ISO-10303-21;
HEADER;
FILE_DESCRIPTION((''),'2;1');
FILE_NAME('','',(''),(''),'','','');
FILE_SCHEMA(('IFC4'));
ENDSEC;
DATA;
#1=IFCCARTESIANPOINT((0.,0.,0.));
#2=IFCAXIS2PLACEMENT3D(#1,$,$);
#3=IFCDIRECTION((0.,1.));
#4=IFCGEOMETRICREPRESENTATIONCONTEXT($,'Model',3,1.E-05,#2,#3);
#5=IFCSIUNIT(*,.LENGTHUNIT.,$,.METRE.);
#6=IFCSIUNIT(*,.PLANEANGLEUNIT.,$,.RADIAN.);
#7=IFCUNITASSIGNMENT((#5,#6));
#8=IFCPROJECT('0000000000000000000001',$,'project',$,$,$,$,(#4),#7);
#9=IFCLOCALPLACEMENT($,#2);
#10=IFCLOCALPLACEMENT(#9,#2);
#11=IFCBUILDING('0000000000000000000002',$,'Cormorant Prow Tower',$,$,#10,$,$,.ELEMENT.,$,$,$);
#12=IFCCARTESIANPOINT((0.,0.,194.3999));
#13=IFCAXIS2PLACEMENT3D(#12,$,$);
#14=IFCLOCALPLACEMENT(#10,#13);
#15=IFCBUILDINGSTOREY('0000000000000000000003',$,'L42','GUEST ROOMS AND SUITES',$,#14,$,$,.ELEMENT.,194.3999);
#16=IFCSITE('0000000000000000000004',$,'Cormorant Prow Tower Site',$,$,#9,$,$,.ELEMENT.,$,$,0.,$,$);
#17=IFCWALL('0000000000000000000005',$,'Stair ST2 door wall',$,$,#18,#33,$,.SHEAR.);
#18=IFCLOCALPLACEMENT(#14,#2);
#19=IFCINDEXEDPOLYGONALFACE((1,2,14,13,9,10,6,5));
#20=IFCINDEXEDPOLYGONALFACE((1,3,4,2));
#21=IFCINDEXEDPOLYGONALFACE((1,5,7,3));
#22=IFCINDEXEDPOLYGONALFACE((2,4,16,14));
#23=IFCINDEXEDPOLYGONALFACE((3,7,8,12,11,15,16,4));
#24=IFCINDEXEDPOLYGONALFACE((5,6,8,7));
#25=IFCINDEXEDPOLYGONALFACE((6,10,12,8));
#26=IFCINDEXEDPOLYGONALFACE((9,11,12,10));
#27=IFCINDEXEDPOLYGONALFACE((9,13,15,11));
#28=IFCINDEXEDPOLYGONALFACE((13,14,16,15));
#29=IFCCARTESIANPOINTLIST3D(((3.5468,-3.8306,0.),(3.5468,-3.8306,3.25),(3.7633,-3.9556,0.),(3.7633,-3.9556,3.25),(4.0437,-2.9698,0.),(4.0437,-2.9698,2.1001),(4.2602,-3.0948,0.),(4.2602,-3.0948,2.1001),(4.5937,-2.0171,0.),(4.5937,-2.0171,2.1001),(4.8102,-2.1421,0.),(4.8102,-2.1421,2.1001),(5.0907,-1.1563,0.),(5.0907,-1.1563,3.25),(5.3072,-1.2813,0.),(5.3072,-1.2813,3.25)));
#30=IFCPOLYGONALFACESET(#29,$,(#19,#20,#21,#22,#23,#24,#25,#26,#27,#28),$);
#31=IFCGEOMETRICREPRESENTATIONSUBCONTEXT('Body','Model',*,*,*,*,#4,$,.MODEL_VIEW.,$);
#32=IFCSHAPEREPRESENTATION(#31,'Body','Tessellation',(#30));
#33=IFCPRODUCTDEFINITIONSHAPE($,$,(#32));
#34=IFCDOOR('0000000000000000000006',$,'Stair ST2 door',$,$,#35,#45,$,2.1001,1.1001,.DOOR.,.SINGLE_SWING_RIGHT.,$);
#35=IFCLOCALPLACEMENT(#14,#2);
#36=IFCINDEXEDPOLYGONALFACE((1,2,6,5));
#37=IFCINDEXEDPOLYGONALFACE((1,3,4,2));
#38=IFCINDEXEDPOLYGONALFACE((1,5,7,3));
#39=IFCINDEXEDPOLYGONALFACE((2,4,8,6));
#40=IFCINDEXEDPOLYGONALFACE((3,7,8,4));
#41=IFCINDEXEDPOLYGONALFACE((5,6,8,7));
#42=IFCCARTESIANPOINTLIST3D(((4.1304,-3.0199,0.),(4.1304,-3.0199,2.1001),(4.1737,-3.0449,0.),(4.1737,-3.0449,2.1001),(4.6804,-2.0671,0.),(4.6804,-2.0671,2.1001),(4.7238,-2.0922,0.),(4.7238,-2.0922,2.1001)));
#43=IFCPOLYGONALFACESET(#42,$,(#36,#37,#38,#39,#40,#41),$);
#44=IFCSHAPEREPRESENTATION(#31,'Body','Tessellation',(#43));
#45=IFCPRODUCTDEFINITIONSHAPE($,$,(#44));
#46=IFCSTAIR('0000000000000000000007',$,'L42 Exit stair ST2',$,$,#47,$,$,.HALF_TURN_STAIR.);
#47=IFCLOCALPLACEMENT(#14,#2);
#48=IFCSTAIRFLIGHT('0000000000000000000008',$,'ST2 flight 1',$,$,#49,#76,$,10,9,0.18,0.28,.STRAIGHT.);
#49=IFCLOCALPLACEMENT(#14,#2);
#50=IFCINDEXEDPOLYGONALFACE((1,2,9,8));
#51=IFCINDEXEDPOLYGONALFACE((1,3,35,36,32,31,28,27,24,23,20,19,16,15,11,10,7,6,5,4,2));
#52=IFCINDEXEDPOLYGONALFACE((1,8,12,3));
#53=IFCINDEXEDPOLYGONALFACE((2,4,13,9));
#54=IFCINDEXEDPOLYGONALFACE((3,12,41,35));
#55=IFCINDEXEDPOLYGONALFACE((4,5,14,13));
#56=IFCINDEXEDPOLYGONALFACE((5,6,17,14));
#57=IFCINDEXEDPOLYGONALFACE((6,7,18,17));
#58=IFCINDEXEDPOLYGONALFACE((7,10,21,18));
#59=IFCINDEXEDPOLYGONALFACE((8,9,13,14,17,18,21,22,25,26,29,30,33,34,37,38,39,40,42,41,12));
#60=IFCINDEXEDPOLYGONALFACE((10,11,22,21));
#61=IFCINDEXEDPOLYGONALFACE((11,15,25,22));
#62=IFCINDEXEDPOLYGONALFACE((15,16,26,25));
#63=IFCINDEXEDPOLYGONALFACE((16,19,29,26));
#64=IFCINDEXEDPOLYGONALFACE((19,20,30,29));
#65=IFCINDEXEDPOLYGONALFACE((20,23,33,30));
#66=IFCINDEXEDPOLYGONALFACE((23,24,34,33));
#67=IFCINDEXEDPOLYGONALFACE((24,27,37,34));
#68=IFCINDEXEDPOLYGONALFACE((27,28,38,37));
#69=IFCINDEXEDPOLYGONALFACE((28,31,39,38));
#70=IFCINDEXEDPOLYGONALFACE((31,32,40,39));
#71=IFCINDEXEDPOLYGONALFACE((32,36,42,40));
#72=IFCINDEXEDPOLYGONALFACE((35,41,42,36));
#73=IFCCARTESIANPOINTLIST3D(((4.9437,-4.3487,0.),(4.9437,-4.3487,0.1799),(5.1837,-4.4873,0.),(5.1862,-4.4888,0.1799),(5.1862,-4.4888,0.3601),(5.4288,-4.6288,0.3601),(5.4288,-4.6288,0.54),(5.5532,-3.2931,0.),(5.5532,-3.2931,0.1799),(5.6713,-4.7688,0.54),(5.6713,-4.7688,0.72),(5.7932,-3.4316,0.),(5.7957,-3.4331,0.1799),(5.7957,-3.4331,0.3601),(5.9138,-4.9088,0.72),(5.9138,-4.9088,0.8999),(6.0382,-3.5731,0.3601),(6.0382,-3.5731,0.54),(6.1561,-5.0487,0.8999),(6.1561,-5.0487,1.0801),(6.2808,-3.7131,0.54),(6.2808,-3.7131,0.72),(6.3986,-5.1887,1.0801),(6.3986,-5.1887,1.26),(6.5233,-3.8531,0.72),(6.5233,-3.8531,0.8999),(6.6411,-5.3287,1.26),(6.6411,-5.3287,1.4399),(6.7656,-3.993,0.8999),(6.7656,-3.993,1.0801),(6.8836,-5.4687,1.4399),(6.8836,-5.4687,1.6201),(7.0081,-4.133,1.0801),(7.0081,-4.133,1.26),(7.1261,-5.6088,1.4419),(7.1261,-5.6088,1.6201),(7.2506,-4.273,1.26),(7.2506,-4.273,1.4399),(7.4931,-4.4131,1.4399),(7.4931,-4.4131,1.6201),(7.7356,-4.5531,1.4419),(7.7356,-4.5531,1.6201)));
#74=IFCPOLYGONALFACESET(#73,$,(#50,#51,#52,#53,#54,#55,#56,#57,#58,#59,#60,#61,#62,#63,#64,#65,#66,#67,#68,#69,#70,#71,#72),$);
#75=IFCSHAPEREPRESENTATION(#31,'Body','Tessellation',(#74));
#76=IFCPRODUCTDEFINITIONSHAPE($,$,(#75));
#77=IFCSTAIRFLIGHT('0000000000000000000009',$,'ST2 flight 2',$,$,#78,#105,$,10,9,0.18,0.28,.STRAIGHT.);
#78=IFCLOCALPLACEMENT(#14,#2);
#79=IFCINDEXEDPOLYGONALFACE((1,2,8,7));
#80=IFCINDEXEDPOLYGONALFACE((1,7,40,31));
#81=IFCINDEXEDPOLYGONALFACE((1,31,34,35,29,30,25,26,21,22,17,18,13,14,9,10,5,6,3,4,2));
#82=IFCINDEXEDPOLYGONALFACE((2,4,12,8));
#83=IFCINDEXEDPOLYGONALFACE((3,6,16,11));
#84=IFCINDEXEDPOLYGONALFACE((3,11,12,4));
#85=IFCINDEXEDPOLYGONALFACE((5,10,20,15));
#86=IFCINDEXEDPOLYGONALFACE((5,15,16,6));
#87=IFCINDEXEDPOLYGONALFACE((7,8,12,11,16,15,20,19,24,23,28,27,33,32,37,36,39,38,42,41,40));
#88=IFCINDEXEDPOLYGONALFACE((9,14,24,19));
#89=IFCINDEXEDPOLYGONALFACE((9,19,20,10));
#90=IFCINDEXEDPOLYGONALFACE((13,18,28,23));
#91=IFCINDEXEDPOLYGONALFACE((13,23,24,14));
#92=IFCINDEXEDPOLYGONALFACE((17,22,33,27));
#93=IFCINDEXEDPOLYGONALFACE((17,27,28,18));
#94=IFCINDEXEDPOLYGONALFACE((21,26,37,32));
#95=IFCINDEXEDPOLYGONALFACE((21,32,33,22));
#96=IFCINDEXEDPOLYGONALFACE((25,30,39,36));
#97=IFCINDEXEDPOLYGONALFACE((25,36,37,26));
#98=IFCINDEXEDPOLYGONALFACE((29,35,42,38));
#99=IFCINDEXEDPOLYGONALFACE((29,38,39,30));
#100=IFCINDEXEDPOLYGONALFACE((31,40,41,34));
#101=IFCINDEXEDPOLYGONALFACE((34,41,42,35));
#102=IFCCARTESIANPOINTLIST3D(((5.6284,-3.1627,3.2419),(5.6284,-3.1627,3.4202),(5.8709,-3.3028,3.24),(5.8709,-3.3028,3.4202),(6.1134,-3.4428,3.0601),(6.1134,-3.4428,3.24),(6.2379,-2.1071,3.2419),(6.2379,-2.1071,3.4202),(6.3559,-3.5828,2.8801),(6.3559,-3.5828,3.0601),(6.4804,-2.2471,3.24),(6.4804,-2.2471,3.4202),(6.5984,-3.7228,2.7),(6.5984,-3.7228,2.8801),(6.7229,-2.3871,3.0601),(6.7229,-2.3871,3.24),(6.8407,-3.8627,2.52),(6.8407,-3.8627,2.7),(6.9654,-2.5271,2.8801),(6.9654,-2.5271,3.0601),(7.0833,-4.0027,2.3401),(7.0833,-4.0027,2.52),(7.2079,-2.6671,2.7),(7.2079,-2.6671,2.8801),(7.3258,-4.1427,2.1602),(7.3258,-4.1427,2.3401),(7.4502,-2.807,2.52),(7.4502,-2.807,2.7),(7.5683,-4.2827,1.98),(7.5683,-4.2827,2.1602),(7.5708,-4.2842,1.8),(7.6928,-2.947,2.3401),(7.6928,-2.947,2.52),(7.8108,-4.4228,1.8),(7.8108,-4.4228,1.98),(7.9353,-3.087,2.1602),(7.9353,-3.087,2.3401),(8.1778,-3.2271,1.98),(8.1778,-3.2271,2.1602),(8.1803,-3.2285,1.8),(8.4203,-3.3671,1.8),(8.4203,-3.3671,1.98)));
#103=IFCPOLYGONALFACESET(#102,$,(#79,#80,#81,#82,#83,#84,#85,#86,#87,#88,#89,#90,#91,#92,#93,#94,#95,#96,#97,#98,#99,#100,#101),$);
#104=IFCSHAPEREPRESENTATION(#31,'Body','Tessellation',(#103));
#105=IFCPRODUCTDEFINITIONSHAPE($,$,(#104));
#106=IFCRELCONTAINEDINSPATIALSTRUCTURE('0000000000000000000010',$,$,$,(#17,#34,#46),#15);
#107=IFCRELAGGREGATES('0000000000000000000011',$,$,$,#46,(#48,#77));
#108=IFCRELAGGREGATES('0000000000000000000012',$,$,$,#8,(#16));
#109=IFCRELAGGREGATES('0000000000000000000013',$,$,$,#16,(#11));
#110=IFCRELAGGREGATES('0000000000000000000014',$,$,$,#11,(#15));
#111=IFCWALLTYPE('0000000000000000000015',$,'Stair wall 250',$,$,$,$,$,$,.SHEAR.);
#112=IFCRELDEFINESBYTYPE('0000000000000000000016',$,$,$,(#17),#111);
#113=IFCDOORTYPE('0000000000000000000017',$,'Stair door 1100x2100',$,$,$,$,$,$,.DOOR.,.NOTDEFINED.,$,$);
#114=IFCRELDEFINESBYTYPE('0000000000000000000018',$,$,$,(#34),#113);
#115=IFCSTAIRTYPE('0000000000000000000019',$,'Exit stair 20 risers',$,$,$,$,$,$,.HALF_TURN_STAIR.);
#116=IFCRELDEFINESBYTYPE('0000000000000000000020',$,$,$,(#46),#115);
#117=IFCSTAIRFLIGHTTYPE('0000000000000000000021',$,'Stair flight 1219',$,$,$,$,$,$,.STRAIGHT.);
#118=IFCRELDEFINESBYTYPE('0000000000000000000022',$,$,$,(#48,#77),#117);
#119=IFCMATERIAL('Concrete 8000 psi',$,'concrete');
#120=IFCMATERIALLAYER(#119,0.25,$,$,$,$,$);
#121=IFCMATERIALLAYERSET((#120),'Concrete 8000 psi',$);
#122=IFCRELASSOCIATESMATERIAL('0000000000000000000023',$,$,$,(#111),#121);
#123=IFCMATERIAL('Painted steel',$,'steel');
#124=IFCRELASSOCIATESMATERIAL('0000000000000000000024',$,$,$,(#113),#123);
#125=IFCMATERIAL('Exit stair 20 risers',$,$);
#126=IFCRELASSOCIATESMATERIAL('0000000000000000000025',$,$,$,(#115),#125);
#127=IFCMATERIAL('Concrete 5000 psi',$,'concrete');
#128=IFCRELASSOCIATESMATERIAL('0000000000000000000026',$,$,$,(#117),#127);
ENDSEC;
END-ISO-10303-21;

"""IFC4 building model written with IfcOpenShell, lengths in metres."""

from ifc_helpers import new_model, si_unit, direction, frame, frame_2d, origin, place, context, subcontext, project, spatial, polyline, rectangle, outline, extrude, material, layer, layer_set, type_object, element, fill, aggregate, save


model = new_model("IFC4")

# Units and contexts
model_context = context("Model", 3, precision=1e-05, world=origin(), true_north=direction((0.0, 1.0)))
body_context = subcontext(model_context, "Body", "Model", "MODEL_VIEW")
ifc_project = project(units=[si_unit("LENGTHUNIT", "METRE"), si_unit("PLANEANGLEUNIT", "RADIAN")], contexts=[model_context])

# Site, building, storey
site_placement = place(None, origin())
site = spatial("IfcSite", under=ifc_project, at=site_placement, Name="Cormorant Prow Tower Site", CompositionType="ELEMENT", RefElevation=0.0)
building_placement = place(site_placement, origin())
building = spatial("IfcBuilding", under=site, at=building_placement, Name="Cormorant Prow Tower", CompositionType="ELEMENT")
storey_placement = place(building_placement, frame((0.0, 0.0, 194.3999)))
storey = spatial("IfcBuildingStorey", under=building, at=storey_placement, Name="L42", Description="GUEST ROOMS AND SUITES", CompositionType="ELEMENT", Elevation=194.3999)

# Wall, opening, door
ifc_material_1 = material(Name="Concrete 8000 psi", Category="concrete")
ifc_layer_1 = layer(ifc_material_1, 0.25)
ifc_layer_set_1 = layer_set([ifc_layer_1], Name="Concrete 8000 psi")
wall_type_1 = type_object("IfcWallType", Name="Stair wall 250", PredefinedType="SHEAR", material=ifc_layer_set_1)
wall_1_placement = place(storey_placement, frame((3.655, -3.8931, 0.0), z_axis=(0.0, 0.0, 1.0), x_axis=(0.499983, 0.866035, 0.0)))
wall_1 = element("IfcWall", 1, at=wall_1_placement, inside=storey, type_object=wall_type_1, Name="Stair ST2 door wall", PredefinedType="SHEAR", context=body_context, shape_type="SweptSolid", body=[
    extrude(rectangle(XDim=3.0879, YDim=0.25, at=frame_2d((1.5439, 0.0))), origin(), (0.0, 0.0, 1.0), 3.25),
])
opening_1_placement = place(wall_1_placement, frame((0.9939, 0.0, 0.0)))
opening_1 = element("IfcOpeningElement", 2, at=opening_1_placement, cuts=wall_1, PredefinedType="OPENING", context=body_context, shape_type="SweptSolid", body=[
    extrude(rectangle(XDim=1.1001, YDim=2.1001, at=frame_2d((0.55, 1.05))), frame((0.0, 0.135, 0.0), z_axis=(0.0, -1.0, 0.0), x_axis=(1.0, 0.0, 0.0)), (0.0, 0.0, 1.0), 0.27),
])
ifc_material_2 = material(Name="Painted steel", Category="steel")
door_type_1 = type_object("IfcDoorType", Name="Stair door 1100x2100", OperationType="NOTDEFINED", PredefinedType="DOOR", material=ifc_material_2)
door_1_placement = place(opening_1_placement, origin())
door_1 = element("IfcDoor", 3, at=door_1_placement, inside=storey, type_object=door_type_1, Name="Stair ST2 door", OperationType="SINGLE_SWING_RIGHT", OverallHeight=2.1001, OverallWidth=1.1001, PredefinedType="DOOR", context=body_context, shape_type="SweptSolid", body=[
    extrude(rectangle(XDim=1.1001, YDim=2.1001, at=frame_2d((0.55, 1.05))), frame((0.0, 0.0249, 0.0), z_axis=(0.0, -1.0, 0.0), x_axis=(1.0, 0.0, 0.0)), (0.0, 0.0, 1.0), 0.05),
])
fill(opening_1, door_1)

# Stair, stair flights
ifc_material_3 = material(Name="Exit stair 20 risers")
stair_type = type_object("IfcStairType", Name="Exit stair 20 risers", PredefinedType="HALF_TURN_STAIR", material=ifc_material_3)
stair_placement = place(storey_placement, origin())
stair = element("IfcStair", 4, at=stair_placement, inside=storey, type_object=stair_type, Name="L42 Exit stair ST2", PredefinedType="HALF_TURN_STAIR")
ifc_material_4 = material(Name="Concrete 5000 psi", Category="concrete")
stair_flight_type = type_object("IfcStairFlightType", Name="Stair flight 1219", PredefinedType="STRAIGHT", material=ifc_material_4)
stair_flight_1_placement = place(storey_placement, frame((5.2485, -3.8208, 0.0), z_axis=(0.0, 0.0, 1.0), x_axis=(0.866025, -0.5, 0.0)))
stair_flight_1 = element("IfcStairFlight", 5, at=stair_flight_1_placement, type_object=stair_flight_type, Name="ST2 flight 1", NumberOfRisers=10, NumberOfTreads=9, PredefinedType="STRAIGHT", RiserHeight=0.18, TreadLength=0.28, context=body_context, shape_type="SweptSolid", body=[
    extrude(outline(polyline([(0.0, 0.0), (0.0, 0.1799), (0.28, 0.1799), (0.28, 0.3601), (0.5601, 0.3601), (0.5601, 0.54), (0.8401, 0.54), (0.8401, 0.72), (1.1201, 0.72), (1.1201, 0.8999), (1.3999, 0.8999), (1.3999, 1.0801), (1.6799, 1.0801), (1.6799, 1.26), (1.96, 1.26), (1.96, 1.4399), (2.24, 1.4399), (2.24, 1.6201), (2.52, 1.6201), (2.52, 1.8), (2.52, 1.4419), (0.2771, 0.0), (0.0, 0.0)])), frame((0.0, 0.6094, 0.0), z_axis=(0.0, -1.0, 0.0), x_axis=(1.0, 0.0, 0.0)), (0.0, 0.0, 1.0), 1.219),
])
stair_flight_2_placement = place(storey_placement, frame((8.1155, -3.895, 1.8), z_axis=(0.0, 0.0, 1.0), x_axis=(-0.866025, 0.5, 0.0)))
stair_flight_2 = element("IfcStairFlight", 6, at=stair_flight_2_placement, type_object=stair_flight_type, Name="ST2 flight 2", NumberOfRisers=10, NumberOfTreads=9, PredefinedType="STRAIGHT", RiserHeight=0.18, TreadLength=0.28, context=body_context, shape_type="SweptSolid", body=[
    extrude(outline(polyline([(0.0, 0.0), (0.0, 0.1799), (0.28, 0.1799), (0.28, 0.3601), (0.5601, 0.3601), (0.5601, 0.54), (0.8401, 0.54), (0.8401, 0.72), (1.1201, 0.72), (1.1201, 0.8999), (1.3999, 0.8999), (1.3999, 1.0801), (1.6799, 1.0801), (1.6799, 1.26), (1.96, 1.26), (1.96, 1.4399), (2.24, 1.4399), (2.24, 1.6201), (2.52, 1.6201), (2.52, 1.8), (2.52, 1.4419), (0.2771, 0.0), (0.0, 0.0)])), frame((0.0, 0.6094, 0.0), z_axis=(0.0, -1.0, 0.0), x_axis=(1.0, 0.0, 0.0)), (0.0, 0.0, 1.0), 1.219),
])
aggregate(stair, [stair_flight_1, stair_flight_2])

save(model, "model.ifc")
